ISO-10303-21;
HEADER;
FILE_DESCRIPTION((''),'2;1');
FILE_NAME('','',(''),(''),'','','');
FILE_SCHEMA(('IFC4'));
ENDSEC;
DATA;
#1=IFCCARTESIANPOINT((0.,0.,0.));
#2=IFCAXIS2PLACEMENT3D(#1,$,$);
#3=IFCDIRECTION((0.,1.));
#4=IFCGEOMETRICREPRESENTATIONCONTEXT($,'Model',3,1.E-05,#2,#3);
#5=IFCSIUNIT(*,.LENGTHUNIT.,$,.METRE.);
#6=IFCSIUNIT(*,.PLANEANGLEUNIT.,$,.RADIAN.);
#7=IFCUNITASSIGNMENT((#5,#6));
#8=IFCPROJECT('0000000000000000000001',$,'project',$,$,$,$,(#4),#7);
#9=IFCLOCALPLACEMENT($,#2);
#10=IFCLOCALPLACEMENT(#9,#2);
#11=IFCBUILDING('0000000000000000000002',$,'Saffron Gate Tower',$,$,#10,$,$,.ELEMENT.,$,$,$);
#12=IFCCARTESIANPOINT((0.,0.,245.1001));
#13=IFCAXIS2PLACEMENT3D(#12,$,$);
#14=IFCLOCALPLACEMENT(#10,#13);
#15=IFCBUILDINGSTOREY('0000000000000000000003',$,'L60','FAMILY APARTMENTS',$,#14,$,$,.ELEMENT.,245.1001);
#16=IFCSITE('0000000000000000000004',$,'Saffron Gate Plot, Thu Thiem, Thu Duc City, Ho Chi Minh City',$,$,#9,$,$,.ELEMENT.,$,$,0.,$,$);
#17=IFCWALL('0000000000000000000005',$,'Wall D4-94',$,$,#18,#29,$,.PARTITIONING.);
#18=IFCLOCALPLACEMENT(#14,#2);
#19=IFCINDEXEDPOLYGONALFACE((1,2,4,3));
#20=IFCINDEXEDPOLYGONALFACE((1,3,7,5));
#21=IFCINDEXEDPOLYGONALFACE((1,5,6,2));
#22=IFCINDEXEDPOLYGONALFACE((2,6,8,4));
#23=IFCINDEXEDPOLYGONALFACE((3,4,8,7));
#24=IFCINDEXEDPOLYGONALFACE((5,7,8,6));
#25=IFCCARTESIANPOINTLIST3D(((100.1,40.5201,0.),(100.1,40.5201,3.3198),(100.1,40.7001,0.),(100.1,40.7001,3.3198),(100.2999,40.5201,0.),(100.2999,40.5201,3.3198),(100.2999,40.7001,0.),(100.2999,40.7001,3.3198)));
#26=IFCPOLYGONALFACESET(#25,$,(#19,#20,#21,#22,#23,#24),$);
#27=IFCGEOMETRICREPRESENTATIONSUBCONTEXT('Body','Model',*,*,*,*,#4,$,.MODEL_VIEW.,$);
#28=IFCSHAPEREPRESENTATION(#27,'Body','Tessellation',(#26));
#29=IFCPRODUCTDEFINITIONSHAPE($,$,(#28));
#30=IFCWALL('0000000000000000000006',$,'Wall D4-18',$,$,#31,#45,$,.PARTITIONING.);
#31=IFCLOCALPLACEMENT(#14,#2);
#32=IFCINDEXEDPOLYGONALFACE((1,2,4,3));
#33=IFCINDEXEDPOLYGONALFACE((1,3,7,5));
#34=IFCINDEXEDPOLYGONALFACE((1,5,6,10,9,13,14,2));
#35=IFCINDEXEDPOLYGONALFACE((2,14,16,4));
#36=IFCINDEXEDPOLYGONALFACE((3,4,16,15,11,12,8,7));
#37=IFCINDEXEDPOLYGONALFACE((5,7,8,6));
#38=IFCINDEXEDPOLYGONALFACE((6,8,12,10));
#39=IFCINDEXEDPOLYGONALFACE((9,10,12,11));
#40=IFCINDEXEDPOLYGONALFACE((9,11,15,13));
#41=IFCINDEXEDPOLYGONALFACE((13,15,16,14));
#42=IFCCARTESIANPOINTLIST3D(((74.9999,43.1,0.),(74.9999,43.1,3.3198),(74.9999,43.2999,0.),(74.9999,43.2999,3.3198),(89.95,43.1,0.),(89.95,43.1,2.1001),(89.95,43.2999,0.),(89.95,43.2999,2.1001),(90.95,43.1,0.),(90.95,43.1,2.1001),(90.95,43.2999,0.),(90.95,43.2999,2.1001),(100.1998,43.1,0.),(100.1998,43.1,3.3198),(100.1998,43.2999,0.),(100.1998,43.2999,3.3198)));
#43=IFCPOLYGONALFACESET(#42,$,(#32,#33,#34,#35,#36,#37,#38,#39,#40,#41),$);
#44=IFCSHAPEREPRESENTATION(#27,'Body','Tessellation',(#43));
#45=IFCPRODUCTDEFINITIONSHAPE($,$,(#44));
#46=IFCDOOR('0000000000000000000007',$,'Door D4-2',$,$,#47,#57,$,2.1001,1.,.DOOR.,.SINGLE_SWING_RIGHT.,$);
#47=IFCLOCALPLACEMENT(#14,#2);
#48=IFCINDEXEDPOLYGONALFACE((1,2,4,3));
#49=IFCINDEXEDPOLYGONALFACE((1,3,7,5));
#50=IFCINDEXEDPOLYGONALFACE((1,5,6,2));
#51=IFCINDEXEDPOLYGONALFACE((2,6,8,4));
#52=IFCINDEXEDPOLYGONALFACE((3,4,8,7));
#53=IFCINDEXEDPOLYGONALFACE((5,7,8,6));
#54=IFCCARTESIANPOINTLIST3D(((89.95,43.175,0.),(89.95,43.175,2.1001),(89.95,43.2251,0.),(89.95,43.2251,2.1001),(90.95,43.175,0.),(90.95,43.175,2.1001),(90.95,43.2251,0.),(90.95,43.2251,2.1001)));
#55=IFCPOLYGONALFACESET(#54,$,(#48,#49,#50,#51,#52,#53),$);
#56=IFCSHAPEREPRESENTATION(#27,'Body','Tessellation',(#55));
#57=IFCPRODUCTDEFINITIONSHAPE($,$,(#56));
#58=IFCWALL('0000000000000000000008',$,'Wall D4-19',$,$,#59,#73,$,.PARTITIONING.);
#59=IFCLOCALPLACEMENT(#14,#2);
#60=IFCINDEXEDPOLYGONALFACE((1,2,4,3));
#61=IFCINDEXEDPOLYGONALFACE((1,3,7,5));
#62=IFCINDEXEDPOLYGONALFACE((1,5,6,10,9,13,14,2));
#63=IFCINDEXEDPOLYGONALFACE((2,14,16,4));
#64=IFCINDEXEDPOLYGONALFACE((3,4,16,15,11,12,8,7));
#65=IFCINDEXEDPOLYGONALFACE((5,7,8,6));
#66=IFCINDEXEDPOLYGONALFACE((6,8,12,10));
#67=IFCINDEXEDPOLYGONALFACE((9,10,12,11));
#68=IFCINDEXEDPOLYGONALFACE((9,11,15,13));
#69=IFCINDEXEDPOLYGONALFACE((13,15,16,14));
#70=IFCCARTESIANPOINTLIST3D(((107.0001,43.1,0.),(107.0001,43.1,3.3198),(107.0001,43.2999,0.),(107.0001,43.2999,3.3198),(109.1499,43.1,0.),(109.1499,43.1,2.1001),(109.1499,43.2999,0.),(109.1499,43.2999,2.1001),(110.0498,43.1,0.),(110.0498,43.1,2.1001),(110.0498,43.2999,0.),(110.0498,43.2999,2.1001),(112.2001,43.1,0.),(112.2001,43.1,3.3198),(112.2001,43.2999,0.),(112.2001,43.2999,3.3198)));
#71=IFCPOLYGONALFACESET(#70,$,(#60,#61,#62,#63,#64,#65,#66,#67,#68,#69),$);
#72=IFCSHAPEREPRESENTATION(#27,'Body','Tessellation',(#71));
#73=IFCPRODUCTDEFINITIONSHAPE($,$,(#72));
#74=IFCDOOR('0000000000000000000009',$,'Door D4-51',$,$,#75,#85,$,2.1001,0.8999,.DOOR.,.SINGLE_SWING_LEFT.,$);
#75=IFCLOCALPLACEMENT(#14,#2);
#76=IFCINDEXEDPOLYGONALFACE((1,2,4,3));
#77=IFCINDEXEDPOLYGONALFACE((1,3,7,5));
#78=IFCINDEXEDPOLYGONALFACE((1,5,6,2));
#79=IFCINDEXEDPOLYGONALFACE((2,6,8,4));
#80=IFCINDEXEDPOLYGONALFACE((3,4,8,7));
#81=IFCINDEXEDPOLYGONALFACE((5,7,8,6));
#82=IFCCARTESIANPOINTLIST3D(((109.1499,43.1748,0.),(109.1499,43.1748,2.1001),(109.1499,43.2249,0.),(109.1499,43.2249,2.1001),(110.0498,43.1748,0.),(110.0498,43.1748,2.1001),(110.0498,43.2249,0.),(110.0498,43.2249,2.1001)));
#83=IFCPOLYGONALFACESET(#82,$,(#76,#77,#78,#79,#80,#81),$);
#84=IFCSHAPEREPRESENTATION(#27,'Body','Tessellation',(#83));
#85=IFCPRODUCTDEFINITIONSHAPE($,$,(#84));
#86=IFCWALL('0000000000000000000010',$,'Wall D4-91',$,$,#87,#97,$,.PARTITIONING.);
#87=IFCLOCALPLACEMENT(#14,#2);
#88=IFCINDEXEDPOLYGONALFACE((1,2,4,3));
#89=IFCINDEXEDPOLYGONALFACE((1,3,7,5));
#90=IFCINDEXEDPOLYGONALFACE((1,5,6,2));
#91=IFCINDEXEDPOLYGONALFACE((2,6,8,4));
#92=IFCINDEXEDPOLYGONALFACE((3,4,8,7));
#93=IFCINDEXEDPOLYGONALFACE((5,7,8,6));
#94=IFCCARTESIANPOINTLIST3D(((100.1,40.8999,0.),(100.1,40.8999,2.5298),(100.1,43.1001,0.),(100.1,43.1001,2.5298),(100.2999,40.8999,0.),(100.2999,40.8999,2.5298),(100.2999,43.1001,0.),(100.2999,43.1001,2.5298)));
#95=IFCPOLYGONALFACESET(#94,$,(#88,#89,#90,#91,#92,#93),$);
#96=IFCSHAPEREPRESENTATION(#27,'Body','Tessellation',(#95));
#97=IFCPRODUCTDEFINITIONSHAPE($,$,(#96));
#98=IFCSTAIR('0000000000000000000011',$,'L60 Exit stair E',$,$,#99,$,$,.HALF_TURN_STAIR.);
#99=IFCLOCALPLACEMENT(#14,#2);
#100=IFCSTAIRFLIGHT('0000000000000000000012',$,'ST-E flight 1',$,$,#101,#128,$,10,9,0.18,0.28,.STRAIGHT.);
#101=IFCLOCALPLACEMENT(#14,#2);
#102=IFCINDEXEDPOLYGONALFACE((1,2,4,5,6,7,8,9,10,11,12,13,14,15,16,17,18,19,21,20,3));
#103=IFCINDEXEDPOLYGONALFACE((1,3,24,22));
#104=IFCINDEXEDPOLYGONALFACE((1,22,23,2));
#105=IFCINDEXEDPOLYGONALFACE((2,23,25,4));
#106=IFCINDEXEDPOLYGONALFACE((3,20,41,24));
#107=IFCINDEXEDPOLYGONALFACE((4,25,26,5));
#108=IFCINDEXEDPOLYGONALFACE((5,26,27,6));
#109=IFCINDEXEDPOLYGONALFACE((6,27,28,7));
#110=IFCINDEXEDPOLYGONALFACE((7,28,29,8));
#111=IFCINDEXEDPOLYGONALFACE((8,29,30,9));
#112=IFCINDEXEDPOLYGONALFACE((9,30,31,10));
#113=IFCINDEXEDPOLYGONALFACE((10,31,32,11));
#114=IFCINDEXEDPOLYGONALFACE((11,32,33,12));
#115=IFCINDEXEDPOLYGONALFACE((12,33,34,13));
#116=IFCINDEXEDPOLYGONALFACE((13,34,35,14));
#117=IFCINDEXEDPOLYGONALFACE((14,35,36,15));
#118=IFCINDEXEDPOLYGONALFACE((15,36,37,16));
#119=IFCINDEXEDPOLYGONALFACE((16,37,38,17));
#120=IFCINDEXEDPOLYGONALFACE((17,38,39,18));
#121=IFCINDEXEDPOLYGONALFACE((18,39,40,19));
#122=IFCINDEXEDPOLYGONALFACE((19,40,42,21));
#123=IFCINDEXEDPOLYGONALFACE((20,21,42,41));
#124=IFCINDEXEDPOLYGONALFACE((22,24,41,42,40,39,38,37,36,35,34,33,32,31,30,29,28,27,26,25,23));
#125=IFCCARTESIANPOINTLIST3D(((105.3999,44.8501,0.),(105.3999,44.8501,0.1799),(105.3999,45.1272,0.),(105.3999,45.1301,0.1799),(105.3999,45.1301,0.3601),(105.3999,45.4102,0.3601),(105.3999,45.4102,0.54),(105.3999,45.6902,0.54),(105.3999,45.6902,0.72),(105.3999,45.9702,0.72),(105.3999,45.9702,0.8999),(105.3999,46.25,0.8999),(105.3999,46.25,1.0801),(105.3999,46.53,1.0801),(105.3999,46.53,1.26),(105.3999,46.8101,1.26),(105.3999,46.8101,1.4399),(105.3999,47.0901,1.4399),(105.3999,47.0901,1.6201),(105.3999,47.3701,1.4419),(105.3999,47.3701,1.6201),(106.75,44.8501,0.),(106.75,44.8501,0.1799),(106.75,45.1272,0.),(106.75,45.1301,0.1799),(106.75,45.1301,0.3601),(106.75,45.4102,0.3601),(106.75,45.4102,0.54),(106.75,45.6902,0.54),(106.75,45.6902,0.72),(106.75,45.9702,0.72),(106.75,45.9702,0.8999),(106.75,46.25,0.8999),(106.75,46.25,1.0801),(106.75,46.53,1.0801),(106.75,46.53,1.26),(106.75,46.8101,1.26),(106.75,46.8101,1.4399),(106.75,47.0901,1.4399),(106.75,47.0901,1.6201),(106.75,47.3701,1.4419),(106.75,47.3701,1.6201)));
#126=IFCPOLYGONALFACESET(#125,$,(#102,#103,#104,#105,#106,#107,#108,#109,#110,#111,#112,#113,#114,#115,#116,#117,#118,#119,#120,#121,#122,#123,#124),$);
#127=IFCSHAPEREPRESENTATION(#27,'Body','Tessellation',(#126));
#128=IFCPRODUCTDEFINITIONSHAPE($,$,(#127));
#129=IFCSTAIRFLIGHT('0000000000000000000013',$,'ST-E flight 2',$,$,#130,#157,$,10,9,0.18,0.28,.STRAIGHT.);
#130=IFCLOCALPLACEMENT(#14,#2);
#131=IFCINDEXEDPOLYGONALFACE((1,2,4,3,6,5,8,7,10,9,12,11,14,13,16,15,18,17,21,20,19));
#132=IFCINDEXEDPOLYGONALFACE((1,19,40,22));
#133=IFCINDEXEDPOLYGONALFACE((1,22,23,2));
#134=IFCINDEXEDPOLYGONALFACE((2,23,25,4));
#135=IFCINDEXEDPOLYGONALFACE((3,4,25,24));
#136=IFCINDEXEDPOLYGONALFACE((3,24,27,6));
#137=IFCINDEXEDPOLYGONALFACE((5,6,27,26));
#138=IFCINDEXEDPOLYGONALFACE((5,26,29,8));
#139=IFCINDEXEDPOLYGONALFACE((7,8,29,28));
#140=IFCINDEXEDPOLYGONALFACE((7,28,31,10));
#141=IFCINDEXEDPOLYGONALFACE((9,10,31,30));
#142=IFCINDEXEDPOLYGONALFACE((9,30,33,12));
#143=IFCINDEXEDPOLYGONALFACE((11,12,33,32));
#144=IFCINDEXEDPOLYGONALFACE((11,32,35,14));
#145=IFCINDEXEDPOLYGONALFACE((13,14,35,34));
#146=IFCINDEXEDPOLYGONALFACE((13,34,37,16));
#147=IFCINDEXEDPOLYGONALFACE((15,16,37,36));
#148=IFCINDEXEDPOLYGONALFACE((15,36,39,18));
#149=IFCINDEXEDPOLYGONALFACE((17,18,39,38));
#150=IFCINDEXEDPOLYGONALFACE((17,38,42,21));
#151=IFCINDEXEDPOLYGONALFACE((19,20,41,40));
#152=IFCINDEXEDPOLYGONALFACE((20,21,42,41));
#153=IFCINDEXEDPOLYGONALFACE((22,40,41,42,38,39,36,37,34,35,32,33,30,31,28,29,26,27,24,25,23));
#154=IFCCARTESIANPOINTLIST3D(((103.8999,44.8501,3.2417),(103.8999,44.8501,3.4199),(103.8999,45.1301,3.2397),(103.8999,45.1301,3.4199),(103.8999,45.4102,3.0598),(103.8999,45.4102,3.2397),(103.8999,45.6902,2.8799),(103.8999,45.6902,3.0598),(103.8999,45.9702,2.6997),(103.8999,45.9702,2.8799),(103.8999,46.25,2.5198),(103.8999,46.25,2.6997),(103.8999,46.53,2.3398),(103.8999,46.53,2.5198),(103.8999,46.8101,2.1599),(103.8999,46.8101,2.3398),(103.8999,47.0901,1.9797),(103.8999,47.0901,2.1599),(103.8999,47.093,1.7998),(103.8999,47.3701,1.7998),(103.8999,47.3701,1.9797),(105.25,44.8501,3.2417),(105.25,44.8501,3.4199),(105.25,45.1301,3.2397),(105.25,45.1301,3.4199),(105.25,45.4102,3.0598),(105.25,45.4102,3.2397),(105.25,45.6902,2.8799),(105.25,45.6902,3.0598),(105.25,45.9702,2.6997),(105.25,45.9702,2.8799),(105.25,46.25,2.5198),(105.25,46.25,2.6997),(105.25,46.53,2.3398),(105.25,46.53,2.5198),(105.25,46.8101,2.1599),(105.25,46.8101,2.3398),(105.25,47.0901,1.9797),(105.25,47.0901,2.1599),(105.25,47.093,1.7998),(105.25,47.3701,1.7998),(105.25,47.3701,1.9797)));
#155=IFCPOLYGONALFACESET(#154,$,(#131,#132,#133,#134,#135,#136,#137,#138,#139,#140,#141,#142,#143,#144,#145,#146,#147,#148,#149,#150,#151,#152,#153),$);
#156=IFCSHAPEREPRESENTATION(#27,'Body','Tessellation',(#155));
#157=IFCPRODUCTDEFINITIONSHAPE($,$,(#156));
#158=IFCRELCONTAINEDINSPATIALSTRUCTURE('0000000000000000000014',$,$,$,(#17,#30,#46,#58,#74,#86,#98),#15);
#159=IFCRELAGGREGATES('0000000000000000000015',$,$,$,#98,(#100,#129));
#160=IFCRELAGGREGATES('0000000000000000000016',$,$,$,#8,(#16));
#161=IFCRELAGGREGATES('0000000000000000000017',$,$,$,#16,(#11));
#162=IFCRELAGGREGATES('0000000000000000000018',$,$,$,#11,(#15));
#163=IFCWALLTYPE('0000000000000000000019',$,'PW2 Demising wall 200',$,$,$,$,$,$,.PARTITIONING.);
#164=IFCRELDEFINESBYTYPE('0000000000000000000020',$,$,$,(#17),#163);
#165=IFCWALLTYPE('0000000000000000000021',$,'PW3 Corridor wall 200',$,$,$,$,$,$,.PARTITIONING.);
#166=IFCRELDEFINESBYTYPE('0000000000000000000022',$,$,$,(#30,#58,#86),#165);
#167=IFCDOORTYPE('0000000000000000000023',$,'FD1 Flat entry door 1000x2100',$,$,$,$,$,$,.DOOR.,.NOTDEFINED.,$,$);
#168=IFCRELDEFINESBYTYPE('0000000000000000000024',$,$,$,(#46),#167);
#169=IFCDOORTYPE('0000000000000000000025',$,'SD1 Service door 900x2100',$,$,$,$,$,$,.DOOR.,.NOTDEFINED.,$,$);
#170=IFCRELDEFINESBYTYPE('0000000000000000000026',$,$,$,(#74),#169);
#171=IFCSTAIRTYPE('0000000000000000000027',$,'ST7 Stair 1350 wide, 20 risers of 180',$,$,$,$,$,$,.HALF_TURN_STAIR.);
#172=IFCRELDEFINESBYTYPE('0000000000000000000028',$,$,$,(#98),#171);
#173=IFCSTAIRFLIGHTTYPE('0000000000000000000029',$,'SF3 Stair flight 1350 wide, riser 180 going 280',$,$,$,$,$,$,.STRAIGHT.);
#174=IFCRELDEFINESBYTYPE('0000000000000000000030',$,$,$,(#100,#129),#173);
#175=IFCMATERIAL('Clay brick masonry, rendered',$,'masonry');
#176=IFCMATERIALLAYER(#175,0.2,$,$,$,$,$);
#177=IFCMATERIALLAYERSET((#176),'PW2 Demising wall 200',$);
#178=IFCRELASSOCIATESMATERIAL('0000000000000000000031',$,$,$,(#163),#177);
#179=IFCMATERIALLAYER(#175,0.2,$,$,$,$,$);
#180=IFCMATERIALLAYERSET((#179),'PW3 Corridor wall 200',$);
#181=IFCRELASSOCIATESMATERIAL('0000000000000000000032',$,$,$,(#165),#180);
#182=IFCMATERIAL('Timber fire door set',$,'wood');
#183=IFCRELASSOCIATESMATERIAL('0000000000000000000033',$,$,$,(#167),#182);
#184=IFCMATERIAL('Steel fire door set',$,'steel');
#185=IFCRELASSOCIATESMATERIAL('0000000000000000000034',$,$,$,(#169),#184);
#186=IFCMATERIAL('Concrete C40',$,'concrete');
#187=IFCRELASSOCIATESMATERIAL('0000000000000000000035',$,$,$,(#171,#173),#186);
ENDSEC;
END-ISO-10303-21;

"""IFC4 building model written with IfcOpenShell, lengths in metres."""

from ifc_helpers import new_model, si_unit, direction, frame, frame_2d, origin, place, context, subcontext, project, spatial, polyline, rectangle, outline, extrude, material, layer, layer_set, type_object, element, fill, aggregate, save


model = new_model("IFC4")

# Units and contexts
model_context = context("Model", 3, precision=1e-05, world=origin(), true_north=direction((0.0, 1.0)))
body_context = subcontext(model_context, "Body", "Model", "MODEL_VIEW")
ifc_project = project(units=[si_unit("LENGTHUNIT", "METRE"), si_unit("PLANEANGLEUNIT", "RADIAN")], contexts=[model_context])

# Site, building, storey
site_placement = place(None, origin())
site = spatial("IfcSite", under=ifc_project, at=site_placement, Name="Saffron Gate Plot, Thu Thiem, Thu Duc City, Ho Chi Minh City", CompositionType="ELEMENT", RefElevation=0.0)
building_placement = place(site_placement, origin())
building = spatial("IfcBuilding", under=site, at=building_placement, Name="Saffron Gate Tower", CompositionType="ELEMENT")
storey_placement = place(building_placement, frame((0.0, 0.0, 245.1001)))
storey = spatial("IfcBuildingStorey", under=building, at=storey_placement, Name="L60", Description="FAMILY APARTMENTS", CompositionType="ELEMENT", Elevation=245.1001)

# Shared definitions
ifc_material_1 = material(Name="Steel fire door set", Category="steel")

# Wall
ifc_material_2 = material(Name="Clay brick masonry, rendered", Category="masonry")
ifc_layer_1 = layer(ifc_material_2, 0.2)
ifc_layer_set_1 = layer_set([ifc_layer_1], Name="PW2 Demising wall 200")
wall_type_1 = type_object("IfcWallType", Name="PW2 Demising wall 200", PredefinedType="PARTITIONING", material=ifc_layer_set_1)
wall_1_placement = place(storey_placement, frame((100.2, 40.7, 0.0), z_axis=(0.0, 0.0, 1.0), x_axis=(0.0, -1.0, 0.0)))
element("IfcWall", 1, at=wall_1_placement, inside=storey, type_object=wall_type_1, Name="Wall D4-94", PredefinedType="PARTITIONING", context=body_context, shape_type="SweptSolid", body=[
    extrude(rectangle(XDim=0.1799, YDim=0.2, at=frame_2d((0.0898, 0.0))), origin(), (0.0, 0.0, 1.0), 3.3198),
])

# Walls, openings, doors
ifc_layer_2 = layer(ifc_material_2, 0.2)
ifc_layer_set_2 = layer_set([ifc_layer_2], Name="PW3 Corridor wall 200")
wall_type_2 = type_object("IfcWallType", Name="PW3 Corridor wall 200", PredefinedType="PARTITIONING", material=ifc_layer_set_2)
wall_2_placement = place(storey_placement, frame((100.2, 43.2, 0.0), z_axis=(0.0, 0.0, 1.0), x_axis=(-1.0, 0.0, 0.0)))
wall_2 = element("IfcWall", 2, at=wall_2_placement, inside=storey, type_object=wall_type_2, Name="Wall D4-18", PredefinedType="PARTITIONING", context=body_context, shape_type="SweptSolid", body=[
    extrude(rectangle(XDim=25.2, YDim=0.2, at=frame_2d((12.6001, 0.0))), origin(), (0.0, 0.0, 1.0), 3.3198),
])
opening_1_placement = place(wall_2_placement, frame((9.25, 0.0, 0.0)))
opening_1 = element("IfcOpeningElement", 3, at=opening_1_placement, cuts=wall_2, PredefinedType="OPENING", context=body_context, shape_type="SweptSolid", body=[
    extrude(rectangle(XDim=1.0, YDim=2.1001, at=frame_2d((0.5, 1.05))), frame((0.0, 0.1099, 0.0), z_axis=(0.0, -1.0, 0.0), x_axis=(1.0, 0.0, 0.0)), (0.0, 0.0, 1.0), 0.22),
])
ifc_material_3 = material(Name="Timber fire door set", Category="wood")
door_type_1 = type_object("IfcDoorType", Name="FD1 Flat entry door 1000x2100", OperationType="NOTDEFINED", PredefinedType="DOOR", material=ifc_material_3)
door_1_placement = place(opening_1_placement, origin())
door_1 = element("IfcDoor", 4, at=door_1_placement, inside=storey, type_object=door_type_1, Name="Door D4-2", OperationType="SINGLE_SWING_RIGHT", OverallHeight=2.1001, OverallWidth=1.0, PredefinedType="DOOR", context=body_context, shape_type="SweptSolid", body=[
    extrude(rectangle(XDim=1.0, YDim=2.1001, at=frame_2d((0.5, 1.05))), frame((0.0, 0.0249, 0.0), z_axis=(0.0, -1.0, 0.0), x_axis=(1.0, 0.0, 0.0)), (0.0, 0.0, 1.0), 0.05),
])
fill(opening_1, door_1)
wall_3_placement = place(storey_placement, frame((107.0, 43.2, 0.0), z_axis=(0.0, 0.0, 1.0), x_axis=(1.0, 0.0, 0.0)))
wall_3 = element("IfcWall", 5, at=wall_3_placement, inside=storey, type_object=wall_type_2, Name="Wall D4-19", PredefinedType="PARTITIONING", context=body_context, shape_type="SweptSolid", body=[
    extrude(rectangle(XDim=5.2, YDim=0.2, at=frame_2d((2.6001, 0.0))), origin(), (0.0, 0.0, 1.0), 3.3198),
])
opening_2_placement = place(wall_3_placement, frame((2.1499, 0.0, 0.0)))
opening_2 = element("IfcOpeningElement", 6, at=opening_2_placement, cuts=wall_3, PredefinedType="OPENING", context=body_context, shape_type="SweptSolid", body=[
    extrude(rectangle(XDim=0.8999, YDim=2.1001, at=frame_2d((0.45, 1.05))), frame((0.0, 0.1099, 0.0), z_axis=(0.0, -1.0, 0.0), x_axis=(1.0, 0.0, 0.0)), (0.0, 0.0, 1.0), 0.22),
])
door_type_2 = type_object("IfcDoorType", Name="SD1 Service door 900x2100", OperationType="NOTDEFINED", PredefinedType="DOOR", material=ifc_material_1)
door_2_placement = place(opening_2_placement, origin())
door_2 = element("IfcDoor", 7, at=door_2_placement, inside=storey, type_object=door_type_2, Name="Door D4-51", OperationType="SINGLE_SWING_LEFT", OverallHeight=2.1001, OverallWidth=0.8999, PredefinedType="DOOR", context=body_context, shape_type="SweptSolid", body=[
    extrude(rectangle(XDim=0.8999, YDim=2.1001, at=frame_2d((0.45, 1.05))), frame((0.0, 0.0249, 0.0), z_axis=(0.0, -1.0, 0.0), x_axis=(1.0, 0.0, 0.0)), (0.0, 0.0, 1.0), 0.05),
])
fill(opening_2, door_2)

# Wall
wall_4_placement = place(storey_placement, frame((100.2, 43.1001, 0.0), z_axis=(0.0, 0.0, 1.0), x_axis=(0.0, -1.0, 0.0)))
element("IfcWall", 8, at=wall_4_placement, inside=storey, type_object=wall_type_2, Name="Wall D4-91", PredefinedType="PARTITIONING", context=body_context, shape_type="SweptSolid", body=[
    extrude(rectangle(XDim=2.2002, YDim=0.2, at=frame_2d((1.1001, 0.0))), origin(), (0.0, 0.0, 1.0), 2.5298),
])

# Stair, stair flights
ifc_material_4 = material(Name="Concrete C40", Category="concrete")
stair_type = type_object("IfcStairType", Name="ST7 Stair 1350 wide, 20 risers of 180", PredefinedType="HALF_TURN_STAIR", material=ifc_material_4)
stair_placement = place(storey_placement, origin())
stair = element("IfcStair", 9, at=stair_placement, inside=storey, type_object=stair_type, Name="L60 Exit stair E", PredefinedType="HALF_TURN_STAIR")
stair_flight_type = type_object("IfcStairFlightType", Name="SF3 Stair flight 1350 wide, riser 180 going 280", PredefinedType="STRAIGHT", material=ifc_material_4)
stair_flight_1_placement = place(storey_placement, frame((106.075, 44.8501, 0.0), z_axis=(0.0, 0.0, 1.0), x_axis=(0.0, 1.0, 0.0)))
stair_flight_1 = element("IfcStairFlight", 10, at=stair_flight_1_placement, type_object=stair_flight_type, Name="ST-E flight 1", NumberOfRisers=10, NumberOfTreads=9, PredefinedType="STRAIGHT", RiserHeight=0.18, TreadLength=0.28, context=body_context, shape_type="SweptSolid", body=[
    extrude(outline(polyline([(0.0, 0.0), (0.0, 0.1799), (0.28, 0.1799), (0.28, 0.3601), (0.5601, 0.3601), (0.5601, 0.54), (0.8401, 0.54), (0.8401, 0.72), (1.1201, 0.72), (1.1201, 0.8999), (1.3999, 0.8999), (1.3999, 1.0801), (1.6799, 1.0801), (1.6799, 1.26), (1.96, 1.26), (1.96, 1.4399), (2.24, 1.4399), (2.24, 1.6201), (2.52, 1.6201), (2.52, 1.8), (2.52, 1.4419), (0.2771, 0.0), (0.0, 0.0)])), frame((0.0, 0.675, 0.0), z_axis=(0.0, -1.0, 0.0), x_axis=(1.0, 0.0, 0.0)), (0.0, 0.0, 1.0), 1.3501),
])
stair_flight_2_placement = place(storey_placement, frame((104.575, 47.3701, 1.7998), z_axis=(0.0, 0.0, 1.0), x_axis=(0.0, -1.0, 0.0)))
stair_flight_2 = element("IfcStairFlight", 11, at=stair_flight_2_placement, type_object=stair_flight_type, Name="ST-E flight 2", NumberOfRisers=10, NumberOfTreads=9, PredefinedType="STRAIGHT", RiserHeight=0.18, TreadLength=0.28, context=body_context, shape_type="SweptSolid", body=[
    extrude(outline(polyline([(0.0, 0.0), (0.0, 0.1799), (0.28, 0.1799), (0.28, 0.3601), (0.5601, 0.3601), (0.5601, 0.54), (0.8401, 0.54), (0.8401, 0.72), (1.1201, 0.72), (1.1201, 0.8999), (1.3999, 0.8999), (1.3999, 1.0801), (1.6799, 1.0801), (1.6799, 1.26), (1.96, 1.26), (1.96, 1.4399), (2.24, 1.4399), (2.24, 1.6201), (2.52, 1.6201), (2.52, 1.8), (2.52, 1.4419), (0.2771, 0.0), (0.0, 0.0)])), frame((0.0, 0.675, 0.0), z_axis=(0.0, -1.0, 0.0), x_axis=(1.0, 0.0, 0.0)), (0.0, 0.0, 1.0), 1.3501),
])
aggregate(stair, [stair_flight_1, stair_flight_2])

save(model, "model.ifc")
